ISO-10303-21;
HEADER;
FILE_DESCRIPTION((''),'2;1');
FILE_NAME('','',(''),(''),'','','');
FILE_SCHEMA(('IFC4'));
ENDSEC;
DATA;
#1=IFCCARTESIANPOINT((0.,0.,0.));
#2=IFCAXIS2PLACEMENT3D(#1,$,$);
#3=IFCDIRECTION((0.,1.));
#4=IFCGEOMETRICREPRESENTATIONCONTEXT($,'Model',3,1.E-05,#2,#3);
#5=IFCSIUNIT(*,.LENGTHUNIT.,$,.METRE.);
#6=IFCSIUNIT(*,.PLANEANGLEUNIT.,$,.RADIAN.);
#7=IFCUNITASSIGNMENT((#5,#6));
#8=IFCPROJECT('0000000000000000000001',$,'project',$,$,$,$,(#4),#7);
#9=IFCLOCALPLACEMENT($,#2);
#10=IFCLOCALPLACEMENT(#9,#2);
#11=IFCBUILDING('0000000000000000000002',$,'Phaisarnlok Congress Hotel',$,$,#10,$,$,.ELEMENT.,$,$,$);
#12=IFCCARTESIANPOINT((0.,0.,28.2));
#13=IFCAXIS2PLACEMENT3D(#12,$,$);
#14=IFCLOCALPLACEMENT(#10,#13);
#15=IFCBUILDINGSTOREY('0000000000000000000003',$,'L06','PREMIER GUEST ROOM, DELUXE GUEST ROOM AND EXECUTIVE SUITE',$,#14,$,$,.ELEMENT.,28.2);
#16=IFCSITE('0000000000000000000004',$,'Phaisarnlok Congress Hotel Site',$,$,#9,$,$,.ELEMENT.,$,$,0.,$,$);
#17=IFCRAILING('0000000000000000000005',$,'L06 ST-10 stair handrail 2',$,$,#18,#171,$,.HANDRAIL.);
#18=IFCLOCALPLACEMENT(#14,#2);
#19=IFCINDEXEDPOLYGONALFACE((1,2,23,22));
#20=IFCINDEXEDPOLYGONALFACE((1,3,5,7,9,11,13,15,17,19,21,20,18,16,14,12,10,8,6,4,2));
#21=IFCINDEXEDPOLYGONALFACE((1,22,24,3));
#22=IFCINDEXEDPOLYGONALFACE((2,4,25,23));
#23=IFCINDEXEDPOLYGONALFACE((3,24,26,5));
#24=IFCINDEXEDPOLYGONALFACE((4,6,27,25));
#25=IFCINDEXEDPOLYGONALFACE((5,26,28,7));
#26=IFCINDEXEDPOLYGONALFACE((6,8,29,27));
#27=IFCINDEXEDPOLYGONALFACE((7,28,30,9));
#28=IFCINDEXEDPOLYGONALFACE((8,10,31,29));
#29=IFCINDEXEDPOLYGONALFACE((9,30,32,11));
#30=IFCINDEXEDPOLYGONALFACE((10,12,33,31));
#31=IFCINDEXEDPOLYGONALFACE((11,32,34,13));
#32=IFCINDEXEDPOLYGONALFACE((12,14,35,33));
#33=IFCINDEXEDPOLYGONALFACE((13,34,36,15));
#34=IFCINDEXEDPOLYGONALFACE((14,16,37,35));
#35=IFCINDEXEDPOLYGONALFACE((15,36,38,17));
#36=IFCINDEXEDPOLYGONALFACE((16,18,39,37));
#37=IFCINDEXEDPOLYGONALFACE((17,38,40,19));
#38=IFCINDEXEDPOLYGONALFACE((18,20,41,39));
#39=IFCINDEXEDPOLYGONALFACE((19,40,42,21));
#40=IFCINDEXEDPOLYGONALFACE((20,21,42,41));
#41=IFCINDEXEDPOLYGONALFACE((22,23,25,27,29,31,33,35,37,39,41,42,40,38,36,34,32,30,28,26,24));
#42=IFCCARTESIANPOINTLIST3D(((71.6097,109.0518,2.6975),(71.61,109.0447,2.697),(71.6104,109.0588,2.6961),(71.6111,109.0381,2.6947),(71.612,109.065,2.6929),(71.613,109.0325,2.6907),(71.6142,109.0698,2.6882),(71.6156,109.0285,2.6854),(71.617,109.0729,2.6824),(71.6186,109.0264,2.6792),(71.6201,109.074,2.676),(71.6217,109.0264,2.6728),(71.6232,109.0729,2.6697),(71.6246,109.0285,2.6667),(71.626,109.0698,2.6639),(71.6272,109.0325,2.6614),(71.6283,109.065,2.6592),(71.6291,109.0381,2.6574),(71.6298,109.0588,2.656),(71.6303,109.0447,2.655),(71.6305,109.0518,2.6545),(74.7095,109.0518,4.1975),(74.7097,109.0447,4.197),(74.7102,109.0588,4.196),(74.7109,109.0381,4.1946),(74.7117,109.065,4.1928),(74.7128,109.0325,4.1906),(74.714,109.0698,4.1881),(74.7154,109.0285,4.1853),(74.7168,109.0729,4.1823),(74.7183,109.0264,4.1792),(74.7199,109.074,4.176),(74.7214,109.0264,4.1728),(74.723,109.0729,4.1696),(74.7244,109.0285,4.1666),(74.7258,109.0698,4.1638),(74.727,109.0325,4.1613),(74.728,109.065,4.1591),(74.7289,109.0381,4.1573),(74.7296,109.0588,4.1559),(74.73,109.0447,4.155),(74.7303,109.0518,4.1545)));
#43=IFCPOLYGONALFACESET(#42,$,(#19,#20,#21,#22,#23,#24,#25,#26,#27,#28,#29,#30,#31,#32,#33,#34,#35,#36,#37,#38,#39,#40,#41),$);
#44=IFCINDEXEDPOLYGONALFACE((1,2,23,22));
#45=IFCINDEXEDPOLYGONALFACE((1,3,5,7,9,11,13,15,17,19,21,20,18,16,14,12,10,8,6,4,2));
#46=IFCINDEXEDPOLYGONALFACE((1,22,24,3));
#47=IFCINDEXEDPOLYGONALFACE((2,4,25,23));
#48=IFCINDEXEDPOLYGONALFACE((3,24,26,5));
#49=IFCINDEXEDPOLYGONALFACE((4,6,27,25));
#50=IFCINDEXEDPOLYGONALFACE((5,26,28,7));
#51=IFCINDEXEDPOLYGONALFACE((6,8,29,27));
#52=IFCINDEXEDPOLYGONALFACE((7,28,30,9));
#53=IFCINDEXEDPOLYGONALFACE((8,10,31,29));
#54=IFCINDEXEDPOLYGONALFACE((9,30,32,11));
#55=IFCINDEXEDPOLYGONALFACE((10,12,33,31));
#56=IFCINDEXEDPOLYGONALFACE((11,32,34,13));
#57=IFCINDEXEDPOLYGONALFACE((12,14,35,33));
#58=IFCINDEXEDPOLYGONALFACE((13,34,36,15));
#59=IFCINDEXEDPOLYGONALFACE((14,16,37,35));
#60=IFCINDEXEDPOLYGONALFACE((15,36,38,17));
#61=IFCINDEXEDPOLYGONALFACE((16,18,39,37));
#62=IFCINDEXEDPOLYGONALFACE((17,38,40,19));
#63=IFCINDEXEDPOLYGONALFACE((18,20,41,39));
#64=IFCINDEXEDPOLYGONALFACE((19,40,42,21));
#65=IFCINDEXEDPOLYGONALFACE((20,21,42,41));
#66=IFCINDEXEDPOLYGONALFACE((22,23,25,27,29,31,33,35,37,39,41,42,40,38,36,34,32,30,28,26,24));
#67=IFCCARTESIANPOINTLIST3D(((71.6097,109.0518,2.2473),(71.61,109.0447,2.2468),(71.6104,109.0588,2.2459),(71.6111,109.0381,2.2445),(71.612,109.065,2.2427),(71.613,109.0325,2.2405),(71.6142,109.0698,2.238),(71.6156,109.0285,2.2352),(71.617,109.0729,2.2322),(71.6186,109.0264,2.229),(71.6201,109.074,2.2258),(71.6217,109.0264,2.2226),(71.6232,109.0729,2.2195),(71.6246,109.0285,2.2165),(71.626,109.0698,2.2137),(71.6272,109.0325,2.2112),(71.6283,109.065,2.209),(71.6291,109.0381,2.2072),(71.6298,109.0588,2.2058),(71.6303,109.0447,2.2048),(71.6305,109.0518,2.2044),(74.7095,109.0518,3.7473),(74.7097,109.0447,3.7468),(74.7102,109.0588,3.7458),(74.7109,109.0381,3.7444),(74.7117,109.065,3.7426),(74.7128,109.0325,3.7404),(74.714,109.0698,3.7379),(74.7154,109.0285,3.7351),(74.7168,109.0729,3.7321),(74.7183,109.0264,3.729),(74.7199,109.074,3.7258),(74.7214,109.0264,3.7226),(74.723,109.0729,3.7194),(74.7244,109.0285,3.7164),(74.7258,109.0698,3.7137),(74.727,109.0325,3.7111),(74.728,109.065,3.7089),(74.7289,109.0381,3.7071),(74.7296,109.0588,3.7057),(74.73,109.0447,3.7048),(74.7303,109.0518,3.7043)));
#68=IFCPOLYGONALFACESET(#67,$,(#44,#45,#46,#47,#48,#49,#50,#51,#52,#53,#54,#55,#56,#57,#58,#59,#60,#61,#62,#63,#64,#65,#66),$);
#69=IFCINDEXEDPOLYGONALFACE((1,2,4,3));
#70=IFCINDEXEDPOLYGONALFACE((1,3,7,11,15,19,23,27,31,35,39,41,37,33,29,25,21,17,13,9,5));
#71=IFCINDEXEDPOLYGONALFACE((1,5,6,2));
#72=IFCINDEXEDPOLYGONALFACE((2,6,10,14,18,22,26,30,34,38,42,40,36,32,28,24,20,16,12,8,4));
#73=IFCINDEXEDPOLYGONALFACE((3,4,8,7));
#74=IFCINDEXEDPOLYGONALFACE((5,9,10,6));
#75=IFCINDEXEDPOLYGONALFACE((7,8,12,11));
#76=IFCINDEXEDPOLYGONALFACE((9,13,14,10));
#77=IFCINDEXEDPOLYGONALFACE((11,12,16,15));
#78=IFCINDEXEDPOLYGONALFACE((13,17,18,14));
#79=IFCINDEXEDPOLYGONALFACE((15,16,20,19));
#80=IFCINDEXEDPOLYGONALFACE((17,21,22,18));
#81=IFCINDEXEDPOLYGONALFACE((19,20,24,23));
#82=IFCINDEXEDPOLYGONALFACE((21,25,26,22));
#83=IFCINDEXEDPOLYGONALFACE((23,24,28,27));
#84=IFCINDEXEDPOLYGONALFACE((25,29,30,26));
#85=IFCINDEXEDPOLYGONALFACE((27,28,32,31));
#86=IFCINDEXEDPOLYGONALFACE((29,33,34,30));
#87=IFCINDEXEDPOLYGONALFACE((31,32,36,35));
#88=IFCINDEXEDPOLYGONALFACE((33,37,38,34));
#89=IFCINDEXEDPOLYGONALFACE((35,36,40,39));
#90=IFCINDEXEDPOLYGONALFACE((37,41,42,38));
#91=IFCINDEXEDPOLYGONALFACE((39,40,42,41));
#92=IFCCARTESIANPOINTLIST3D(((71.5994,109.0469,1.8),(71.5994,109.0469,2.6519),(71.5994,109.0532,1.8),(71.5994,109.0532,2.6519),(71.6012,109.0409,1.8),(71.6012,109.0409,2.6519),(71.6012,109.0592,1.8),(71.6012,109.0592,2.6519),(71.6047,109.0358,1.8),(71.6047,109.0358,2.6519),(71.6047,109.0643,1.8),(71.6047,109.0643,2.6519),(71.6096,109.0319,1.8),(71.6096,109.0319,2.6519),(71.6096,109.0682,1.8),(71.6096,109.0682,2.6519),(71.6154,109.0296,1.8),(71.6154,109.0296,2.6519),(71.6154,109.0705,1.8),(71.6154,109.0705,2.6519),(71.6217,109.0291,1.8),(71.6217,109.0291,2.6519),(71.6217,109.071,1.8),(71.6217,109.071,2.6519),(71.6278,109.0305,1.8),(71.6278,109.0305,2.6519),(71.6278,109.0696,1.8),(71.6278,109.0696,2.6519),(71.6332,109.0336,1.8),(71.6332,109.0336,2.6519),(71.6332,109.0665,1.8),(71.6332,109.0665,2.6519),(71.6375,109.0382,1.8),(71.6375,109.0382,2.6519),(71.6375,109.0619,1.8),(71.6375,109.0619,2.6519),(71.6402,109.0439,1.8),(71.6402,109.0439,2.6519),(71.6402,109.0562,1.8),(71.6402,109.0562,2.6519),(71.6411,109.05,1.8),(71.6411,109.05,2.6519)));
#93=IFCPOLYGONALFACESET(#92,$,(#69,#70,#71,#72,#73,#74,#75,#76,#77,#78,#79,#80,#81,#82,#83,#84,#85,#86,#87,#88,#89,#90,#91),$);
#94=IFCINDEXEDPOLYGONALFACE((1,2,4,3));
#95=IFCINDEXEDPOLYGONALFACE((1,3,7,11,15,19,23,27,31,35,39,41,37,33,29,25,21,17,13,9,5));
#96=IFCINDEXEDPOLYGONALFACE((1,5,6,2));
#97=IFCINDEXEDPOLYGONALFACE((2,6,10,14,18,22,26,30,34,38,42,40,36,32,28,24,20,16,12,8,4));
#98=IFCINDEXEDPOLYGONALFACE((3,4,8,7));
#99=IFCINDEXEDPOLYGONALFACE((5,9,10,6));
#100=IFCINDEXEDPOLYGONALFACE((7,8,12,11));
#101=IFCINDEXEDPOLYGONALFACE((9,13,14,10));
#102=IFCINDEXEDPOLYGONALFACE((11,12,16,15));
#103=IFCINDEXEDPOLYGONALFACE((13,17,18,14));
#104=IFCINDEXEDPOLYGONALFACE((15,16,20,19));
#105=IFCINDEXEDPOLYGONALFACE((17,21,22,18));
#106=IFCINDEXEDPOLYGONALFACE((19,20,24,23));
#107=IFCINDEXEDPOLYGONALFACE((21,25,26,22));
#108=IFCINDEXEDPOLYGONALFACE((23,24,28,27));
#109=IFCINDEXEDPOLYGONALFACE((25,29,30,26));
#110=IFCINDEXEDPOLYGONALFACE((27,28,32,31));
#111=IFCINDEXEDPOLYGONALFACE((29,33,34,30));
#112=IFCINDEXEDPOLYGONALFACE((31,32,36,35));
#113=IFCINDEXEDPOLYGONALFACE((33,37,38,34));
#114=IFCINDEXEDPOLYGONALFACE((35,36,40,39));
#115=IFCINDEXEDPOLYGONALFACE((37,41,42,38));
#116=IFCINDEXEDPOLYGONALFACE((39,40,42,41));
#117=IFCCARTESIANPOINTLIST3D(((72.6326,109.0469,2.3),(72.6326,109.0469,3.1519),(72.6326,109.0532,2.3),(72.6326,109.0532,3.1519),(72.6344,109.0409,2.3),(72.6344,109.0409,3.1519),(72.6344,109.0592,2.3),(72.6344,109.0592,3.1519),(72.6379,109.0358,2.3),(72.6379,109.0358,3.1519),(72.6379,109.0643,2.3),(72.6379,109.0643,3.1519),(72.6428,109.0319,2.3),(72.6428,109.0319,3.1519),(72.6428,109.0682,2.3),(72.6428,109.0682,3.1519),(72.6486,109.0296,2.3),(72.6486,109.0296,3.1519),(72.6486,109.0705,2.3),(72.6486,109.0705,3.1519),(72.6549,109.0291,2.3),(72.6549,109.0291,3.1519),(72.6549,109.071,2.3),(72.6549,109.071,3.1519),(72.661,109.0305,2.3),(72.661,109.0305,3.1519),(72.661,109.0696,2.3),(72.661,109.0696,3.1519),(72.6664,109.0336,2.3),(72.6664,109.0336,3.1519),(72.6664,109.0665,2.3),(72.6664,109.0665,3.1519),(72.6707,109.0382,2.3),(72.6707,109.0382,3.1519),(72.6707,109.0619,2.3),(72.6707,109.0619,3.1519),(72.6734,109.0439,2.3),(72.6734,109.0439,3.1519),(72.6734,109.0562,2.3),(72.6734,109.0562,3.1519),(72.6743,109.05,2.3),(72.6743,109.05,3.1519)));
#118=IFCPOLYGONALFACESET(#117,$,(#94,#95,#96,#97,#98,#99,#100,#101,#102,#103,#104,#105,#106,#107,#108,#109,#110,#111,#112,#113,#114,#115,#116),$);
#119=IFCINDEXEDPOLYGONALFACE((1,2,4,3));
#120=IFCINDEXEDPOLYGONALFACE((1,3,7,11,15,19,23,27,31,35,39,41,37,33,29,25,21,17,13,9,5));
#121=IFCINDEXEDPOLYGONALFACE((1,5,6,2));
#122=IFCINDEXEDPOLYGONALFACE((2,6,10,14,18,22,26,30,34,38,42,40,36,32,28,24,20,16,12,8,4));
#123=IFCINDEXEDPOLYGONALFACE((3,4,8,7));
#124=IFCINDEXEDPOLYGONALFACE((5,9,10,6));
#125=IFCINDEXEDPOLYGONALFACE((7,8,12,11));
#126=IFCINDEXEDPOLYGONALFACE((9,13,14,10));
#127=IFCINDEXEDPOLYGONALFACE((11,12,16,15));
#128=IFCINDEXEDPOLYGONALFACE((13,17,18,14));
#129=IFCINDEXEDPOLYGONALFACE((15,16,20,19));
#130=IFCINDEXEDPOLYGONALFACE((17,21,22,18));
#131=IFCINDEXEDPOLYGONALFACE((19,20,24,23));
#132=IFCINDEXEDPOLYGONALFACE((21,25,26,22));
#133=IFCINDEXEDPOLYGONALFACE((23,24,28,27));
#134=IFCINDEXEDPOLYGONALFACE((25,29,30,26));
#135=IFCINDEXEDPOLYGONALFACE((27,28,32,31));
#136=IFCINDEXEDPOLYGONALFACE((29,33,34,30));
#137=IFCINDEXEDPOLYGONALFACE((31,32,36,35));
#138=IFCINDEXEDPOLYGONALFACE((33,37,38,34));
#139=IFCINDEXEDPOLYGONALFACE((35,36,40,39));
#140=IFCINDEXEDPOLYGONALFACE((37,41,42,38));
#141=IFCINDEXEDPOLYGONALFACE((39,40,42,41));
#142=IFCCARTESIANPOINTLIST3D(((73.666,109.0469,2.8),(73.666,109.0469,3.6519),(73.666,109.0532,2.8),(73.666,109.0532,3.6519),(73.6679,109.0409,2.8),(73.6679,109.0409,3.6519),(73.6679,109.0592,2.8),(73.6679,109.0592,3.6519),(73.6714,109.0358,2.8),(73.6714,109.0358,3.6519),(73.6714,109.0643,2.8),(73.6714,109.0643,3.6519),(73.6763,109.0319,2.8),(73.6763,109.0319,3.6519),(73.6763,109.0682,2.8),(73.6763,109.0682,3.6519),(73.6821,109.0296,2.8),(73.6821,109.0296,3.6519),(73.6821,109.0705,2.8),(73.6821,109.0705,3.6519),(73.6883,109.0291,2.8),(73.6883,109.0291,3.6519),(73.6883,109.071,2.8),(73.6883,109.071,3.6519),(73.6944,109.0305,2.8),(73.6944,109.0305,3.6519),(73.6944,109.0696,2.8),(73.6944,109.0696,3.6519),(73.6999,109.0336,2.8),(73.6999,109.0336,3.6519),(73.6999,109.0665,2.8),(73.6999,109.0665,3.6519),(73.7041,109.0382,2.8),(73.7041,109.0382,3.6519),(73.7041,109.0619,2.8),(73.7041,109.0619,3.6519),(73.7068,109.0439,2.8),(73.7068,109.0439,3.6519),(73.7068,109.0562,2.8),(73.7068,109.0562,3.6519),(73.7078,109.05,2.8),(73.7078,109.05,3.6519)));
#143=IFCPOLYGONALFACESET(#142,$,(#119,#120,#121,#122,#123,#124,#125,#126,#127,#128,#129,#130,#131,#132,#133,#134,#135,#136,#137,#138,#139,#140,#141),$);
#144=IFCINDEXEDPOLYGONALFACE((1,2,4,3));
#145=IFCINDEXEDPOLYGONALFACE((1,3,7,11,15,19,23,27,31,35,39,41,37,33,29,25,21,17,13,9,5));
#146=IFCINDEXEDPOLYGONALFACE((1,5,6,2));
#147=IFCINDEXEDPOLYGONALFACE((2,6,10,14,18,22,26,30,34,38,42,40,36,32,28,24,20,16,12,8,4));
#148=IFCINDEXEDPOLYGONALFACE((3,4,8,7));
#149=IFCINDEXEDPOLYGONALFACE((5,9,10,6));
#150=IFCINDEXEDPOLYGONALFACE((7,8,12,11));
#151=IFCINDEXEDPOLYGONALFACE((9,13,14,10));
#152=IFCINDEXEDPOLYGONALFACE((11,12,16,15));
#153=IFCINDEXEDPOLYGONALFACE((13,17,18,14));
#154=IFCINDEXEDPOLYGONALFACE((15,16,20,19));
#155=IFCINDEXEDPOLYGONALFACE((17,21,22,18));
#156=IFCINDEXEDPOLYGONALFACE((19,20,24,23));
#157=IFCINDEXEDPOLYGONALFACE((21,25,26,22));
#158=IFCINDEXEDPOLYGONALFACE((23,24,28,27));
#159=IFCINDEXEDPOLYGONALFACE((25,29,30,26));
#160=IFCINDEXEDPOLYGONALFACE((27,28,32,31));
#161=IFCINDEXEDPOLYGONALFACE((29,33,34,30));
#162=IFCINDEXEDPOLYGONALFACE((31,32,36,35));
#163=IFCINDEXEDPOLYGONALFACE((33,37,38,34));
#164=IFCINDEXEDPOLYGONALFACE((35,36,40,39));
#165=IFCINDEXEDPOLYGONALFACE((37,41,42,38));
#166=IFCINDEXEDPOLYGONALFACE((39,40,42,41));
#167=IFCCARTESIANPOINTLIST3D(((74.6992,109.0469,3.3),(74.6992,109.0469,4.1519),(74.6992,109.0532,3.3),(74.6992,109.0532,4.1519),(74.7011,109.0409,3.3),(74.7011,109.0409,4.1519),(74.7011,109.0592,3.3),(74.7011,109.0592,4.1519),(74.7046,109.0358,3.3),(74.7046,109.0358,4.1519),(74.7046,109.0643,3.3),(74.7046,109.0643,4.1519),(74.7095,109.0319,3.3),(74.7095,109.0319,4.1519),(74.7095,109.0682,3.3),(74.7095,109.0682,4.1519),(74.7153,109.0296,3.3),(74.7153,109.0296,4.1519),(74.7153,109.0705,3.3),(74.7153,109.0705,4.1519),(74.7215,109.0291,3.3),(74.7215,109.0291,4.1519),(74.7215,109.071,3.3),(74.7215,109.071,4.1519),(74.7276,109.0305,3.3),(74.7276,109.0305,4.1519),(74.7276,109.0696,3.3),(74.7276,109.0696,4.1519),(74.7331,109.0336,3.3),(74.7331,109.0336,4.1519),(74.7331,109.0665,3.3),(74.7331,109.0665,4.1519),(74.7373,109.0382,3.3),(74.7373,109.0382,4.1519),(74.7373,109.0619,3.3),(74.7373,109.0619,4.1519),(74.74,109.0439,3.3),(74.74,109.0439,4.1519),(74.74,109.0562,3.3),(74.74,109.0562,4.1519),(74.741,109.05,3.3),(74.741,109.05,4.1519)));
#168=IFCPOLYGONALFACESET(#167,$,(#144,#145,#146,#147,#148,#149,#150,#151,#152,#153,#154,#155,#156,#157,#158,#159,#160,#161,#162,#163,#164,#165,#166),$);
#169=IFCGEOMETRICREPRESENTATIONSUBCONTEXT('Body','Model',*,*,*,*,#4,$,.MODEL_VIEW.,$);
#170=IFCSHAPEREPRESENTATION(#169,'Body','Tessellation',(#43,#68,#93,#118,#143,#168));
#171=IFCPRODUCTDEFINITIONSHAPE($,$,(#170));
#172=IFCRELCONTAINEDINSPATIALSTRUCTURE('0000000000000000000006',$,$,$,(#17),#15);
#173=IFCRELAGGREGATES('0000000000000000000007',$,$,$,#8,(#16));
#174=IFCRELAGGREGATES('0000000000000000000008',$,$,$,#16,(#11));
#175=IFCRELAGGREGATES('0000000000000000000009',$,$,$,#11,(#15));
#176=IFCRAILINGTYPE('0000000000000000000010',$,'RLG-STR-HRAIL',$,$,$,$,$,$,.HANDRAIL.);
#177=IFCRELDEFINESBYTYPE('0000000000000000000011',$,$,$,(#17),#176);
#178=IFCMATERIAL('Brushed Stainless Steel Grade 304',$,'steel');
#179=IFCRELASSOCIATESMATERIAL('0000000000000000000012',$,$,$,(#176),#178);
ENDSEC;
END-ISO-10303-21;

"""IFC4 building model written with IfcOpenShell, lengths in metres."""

from ifc_helpers import new_model, si_unit, direction, frame, origin, origin_2d, place, context, subcontext, project, spatial, circle, extrude, material, type_object, element, save


model = new_model("IFC4")

# Units and contexts
model_context = context("Model", 3, precision=1e-05, world=origin(), true_north=direction((0.0, 1.0)))
body_context = subcontext(model_context, "Body", "Model", "MODEL_VIEW")
ifc_project = project(units=[si_unit("LENGTHUNIT", "METRE"), si_unit("PLANEANGLEUNIT", "RADIAN")], contexts=[model_context])

# Site, building, storey
site_placement = place(None, origin())
site = spatial("IfcSite", under=ifc_project, at=site_placement, Name="Phaisarnlok Congress Hotel Site", CompositionType="ELEMENT", RefElevation=0.0)
building_placement = place(site_placement, origin())
building = spatial("IfcBuilding", under=site, at=building_placement, Name="Phaisarnlok Congress Hotel", CompositionType="ELEMENT")
storey_placement = place(building_placement, frame((0.0, 0.0, 28.2)))
storey = spatial("IfcBuildingStorey", under=building, at=storey_placement, Name="L06", Description="PREMIER GUEST ROOM, DELUXE GUEST ROOM AND EXECUTIVE SUITE", CompositionType="ELEMENT", Elevation=28.2)

# Railing
ifc_material_1 = material(Name="Brushed Stainless Steel Grade 304", Category="steel")
railing_type = type_object("IfcRailingType", Name="RLG-STR-HRAIL", PredefinedType="HANDRAIL", material=ifc_material_1)
for number, where, name in (
    (1, (71.6201, 109.05, 1.8), "L06 ST-10 stair handrail 2"),
):
    element("IfcRailing", number, at=place(storey_placement, frame(where)), inside=storey, type_object=railing_type, Name=name, PredefinedType="HANDRAIL", context=body_context, shape_type="SweptSolid", body=[
        extrude(circle(Radius=0.0239, at=origin_2d()), frame((0.0, 0.0, 0.876), z_axis=(0.900151, 0.0, 0.435578), x_axis=(0.0, 1.0, 0.0)), (0.0, 0.0, 1.0), 3.4436),
        extrude(circle(Radius=0.0239, at=origin_2d()), frame((0.0, 0.0, 0.4258), z_axis=(0.900151, 0.0, 0.435578), x_axis=(0.0, 1.0, 0.0)), (0.0, 0.0, 1.0), 3.4436),
        extrude(circle(Radius=0.021, at=origin_2d()), origin(), (0.0, 0.0, 1.0), 0.8518),
        extrude(circle(Radius=0.021, at=origin_2d()), frame((1.0332, 0.0, 0.5)), (0.0, 0.0, 1.0), 0.8518),
        extrude(circle(Radius=0.021, at=origin_2d()), frame((2.0667, 0.0, 1.0)), (0.0, 0.0, 1.0), 0.8518),
        extrude(circle(Radius=0.021, at=origin_2d()), frame((3.0999, 0.0, 1.5)), (0.0, 0.0, 1.0), 0.8518),
    ])

save(model, "model.ifc")
